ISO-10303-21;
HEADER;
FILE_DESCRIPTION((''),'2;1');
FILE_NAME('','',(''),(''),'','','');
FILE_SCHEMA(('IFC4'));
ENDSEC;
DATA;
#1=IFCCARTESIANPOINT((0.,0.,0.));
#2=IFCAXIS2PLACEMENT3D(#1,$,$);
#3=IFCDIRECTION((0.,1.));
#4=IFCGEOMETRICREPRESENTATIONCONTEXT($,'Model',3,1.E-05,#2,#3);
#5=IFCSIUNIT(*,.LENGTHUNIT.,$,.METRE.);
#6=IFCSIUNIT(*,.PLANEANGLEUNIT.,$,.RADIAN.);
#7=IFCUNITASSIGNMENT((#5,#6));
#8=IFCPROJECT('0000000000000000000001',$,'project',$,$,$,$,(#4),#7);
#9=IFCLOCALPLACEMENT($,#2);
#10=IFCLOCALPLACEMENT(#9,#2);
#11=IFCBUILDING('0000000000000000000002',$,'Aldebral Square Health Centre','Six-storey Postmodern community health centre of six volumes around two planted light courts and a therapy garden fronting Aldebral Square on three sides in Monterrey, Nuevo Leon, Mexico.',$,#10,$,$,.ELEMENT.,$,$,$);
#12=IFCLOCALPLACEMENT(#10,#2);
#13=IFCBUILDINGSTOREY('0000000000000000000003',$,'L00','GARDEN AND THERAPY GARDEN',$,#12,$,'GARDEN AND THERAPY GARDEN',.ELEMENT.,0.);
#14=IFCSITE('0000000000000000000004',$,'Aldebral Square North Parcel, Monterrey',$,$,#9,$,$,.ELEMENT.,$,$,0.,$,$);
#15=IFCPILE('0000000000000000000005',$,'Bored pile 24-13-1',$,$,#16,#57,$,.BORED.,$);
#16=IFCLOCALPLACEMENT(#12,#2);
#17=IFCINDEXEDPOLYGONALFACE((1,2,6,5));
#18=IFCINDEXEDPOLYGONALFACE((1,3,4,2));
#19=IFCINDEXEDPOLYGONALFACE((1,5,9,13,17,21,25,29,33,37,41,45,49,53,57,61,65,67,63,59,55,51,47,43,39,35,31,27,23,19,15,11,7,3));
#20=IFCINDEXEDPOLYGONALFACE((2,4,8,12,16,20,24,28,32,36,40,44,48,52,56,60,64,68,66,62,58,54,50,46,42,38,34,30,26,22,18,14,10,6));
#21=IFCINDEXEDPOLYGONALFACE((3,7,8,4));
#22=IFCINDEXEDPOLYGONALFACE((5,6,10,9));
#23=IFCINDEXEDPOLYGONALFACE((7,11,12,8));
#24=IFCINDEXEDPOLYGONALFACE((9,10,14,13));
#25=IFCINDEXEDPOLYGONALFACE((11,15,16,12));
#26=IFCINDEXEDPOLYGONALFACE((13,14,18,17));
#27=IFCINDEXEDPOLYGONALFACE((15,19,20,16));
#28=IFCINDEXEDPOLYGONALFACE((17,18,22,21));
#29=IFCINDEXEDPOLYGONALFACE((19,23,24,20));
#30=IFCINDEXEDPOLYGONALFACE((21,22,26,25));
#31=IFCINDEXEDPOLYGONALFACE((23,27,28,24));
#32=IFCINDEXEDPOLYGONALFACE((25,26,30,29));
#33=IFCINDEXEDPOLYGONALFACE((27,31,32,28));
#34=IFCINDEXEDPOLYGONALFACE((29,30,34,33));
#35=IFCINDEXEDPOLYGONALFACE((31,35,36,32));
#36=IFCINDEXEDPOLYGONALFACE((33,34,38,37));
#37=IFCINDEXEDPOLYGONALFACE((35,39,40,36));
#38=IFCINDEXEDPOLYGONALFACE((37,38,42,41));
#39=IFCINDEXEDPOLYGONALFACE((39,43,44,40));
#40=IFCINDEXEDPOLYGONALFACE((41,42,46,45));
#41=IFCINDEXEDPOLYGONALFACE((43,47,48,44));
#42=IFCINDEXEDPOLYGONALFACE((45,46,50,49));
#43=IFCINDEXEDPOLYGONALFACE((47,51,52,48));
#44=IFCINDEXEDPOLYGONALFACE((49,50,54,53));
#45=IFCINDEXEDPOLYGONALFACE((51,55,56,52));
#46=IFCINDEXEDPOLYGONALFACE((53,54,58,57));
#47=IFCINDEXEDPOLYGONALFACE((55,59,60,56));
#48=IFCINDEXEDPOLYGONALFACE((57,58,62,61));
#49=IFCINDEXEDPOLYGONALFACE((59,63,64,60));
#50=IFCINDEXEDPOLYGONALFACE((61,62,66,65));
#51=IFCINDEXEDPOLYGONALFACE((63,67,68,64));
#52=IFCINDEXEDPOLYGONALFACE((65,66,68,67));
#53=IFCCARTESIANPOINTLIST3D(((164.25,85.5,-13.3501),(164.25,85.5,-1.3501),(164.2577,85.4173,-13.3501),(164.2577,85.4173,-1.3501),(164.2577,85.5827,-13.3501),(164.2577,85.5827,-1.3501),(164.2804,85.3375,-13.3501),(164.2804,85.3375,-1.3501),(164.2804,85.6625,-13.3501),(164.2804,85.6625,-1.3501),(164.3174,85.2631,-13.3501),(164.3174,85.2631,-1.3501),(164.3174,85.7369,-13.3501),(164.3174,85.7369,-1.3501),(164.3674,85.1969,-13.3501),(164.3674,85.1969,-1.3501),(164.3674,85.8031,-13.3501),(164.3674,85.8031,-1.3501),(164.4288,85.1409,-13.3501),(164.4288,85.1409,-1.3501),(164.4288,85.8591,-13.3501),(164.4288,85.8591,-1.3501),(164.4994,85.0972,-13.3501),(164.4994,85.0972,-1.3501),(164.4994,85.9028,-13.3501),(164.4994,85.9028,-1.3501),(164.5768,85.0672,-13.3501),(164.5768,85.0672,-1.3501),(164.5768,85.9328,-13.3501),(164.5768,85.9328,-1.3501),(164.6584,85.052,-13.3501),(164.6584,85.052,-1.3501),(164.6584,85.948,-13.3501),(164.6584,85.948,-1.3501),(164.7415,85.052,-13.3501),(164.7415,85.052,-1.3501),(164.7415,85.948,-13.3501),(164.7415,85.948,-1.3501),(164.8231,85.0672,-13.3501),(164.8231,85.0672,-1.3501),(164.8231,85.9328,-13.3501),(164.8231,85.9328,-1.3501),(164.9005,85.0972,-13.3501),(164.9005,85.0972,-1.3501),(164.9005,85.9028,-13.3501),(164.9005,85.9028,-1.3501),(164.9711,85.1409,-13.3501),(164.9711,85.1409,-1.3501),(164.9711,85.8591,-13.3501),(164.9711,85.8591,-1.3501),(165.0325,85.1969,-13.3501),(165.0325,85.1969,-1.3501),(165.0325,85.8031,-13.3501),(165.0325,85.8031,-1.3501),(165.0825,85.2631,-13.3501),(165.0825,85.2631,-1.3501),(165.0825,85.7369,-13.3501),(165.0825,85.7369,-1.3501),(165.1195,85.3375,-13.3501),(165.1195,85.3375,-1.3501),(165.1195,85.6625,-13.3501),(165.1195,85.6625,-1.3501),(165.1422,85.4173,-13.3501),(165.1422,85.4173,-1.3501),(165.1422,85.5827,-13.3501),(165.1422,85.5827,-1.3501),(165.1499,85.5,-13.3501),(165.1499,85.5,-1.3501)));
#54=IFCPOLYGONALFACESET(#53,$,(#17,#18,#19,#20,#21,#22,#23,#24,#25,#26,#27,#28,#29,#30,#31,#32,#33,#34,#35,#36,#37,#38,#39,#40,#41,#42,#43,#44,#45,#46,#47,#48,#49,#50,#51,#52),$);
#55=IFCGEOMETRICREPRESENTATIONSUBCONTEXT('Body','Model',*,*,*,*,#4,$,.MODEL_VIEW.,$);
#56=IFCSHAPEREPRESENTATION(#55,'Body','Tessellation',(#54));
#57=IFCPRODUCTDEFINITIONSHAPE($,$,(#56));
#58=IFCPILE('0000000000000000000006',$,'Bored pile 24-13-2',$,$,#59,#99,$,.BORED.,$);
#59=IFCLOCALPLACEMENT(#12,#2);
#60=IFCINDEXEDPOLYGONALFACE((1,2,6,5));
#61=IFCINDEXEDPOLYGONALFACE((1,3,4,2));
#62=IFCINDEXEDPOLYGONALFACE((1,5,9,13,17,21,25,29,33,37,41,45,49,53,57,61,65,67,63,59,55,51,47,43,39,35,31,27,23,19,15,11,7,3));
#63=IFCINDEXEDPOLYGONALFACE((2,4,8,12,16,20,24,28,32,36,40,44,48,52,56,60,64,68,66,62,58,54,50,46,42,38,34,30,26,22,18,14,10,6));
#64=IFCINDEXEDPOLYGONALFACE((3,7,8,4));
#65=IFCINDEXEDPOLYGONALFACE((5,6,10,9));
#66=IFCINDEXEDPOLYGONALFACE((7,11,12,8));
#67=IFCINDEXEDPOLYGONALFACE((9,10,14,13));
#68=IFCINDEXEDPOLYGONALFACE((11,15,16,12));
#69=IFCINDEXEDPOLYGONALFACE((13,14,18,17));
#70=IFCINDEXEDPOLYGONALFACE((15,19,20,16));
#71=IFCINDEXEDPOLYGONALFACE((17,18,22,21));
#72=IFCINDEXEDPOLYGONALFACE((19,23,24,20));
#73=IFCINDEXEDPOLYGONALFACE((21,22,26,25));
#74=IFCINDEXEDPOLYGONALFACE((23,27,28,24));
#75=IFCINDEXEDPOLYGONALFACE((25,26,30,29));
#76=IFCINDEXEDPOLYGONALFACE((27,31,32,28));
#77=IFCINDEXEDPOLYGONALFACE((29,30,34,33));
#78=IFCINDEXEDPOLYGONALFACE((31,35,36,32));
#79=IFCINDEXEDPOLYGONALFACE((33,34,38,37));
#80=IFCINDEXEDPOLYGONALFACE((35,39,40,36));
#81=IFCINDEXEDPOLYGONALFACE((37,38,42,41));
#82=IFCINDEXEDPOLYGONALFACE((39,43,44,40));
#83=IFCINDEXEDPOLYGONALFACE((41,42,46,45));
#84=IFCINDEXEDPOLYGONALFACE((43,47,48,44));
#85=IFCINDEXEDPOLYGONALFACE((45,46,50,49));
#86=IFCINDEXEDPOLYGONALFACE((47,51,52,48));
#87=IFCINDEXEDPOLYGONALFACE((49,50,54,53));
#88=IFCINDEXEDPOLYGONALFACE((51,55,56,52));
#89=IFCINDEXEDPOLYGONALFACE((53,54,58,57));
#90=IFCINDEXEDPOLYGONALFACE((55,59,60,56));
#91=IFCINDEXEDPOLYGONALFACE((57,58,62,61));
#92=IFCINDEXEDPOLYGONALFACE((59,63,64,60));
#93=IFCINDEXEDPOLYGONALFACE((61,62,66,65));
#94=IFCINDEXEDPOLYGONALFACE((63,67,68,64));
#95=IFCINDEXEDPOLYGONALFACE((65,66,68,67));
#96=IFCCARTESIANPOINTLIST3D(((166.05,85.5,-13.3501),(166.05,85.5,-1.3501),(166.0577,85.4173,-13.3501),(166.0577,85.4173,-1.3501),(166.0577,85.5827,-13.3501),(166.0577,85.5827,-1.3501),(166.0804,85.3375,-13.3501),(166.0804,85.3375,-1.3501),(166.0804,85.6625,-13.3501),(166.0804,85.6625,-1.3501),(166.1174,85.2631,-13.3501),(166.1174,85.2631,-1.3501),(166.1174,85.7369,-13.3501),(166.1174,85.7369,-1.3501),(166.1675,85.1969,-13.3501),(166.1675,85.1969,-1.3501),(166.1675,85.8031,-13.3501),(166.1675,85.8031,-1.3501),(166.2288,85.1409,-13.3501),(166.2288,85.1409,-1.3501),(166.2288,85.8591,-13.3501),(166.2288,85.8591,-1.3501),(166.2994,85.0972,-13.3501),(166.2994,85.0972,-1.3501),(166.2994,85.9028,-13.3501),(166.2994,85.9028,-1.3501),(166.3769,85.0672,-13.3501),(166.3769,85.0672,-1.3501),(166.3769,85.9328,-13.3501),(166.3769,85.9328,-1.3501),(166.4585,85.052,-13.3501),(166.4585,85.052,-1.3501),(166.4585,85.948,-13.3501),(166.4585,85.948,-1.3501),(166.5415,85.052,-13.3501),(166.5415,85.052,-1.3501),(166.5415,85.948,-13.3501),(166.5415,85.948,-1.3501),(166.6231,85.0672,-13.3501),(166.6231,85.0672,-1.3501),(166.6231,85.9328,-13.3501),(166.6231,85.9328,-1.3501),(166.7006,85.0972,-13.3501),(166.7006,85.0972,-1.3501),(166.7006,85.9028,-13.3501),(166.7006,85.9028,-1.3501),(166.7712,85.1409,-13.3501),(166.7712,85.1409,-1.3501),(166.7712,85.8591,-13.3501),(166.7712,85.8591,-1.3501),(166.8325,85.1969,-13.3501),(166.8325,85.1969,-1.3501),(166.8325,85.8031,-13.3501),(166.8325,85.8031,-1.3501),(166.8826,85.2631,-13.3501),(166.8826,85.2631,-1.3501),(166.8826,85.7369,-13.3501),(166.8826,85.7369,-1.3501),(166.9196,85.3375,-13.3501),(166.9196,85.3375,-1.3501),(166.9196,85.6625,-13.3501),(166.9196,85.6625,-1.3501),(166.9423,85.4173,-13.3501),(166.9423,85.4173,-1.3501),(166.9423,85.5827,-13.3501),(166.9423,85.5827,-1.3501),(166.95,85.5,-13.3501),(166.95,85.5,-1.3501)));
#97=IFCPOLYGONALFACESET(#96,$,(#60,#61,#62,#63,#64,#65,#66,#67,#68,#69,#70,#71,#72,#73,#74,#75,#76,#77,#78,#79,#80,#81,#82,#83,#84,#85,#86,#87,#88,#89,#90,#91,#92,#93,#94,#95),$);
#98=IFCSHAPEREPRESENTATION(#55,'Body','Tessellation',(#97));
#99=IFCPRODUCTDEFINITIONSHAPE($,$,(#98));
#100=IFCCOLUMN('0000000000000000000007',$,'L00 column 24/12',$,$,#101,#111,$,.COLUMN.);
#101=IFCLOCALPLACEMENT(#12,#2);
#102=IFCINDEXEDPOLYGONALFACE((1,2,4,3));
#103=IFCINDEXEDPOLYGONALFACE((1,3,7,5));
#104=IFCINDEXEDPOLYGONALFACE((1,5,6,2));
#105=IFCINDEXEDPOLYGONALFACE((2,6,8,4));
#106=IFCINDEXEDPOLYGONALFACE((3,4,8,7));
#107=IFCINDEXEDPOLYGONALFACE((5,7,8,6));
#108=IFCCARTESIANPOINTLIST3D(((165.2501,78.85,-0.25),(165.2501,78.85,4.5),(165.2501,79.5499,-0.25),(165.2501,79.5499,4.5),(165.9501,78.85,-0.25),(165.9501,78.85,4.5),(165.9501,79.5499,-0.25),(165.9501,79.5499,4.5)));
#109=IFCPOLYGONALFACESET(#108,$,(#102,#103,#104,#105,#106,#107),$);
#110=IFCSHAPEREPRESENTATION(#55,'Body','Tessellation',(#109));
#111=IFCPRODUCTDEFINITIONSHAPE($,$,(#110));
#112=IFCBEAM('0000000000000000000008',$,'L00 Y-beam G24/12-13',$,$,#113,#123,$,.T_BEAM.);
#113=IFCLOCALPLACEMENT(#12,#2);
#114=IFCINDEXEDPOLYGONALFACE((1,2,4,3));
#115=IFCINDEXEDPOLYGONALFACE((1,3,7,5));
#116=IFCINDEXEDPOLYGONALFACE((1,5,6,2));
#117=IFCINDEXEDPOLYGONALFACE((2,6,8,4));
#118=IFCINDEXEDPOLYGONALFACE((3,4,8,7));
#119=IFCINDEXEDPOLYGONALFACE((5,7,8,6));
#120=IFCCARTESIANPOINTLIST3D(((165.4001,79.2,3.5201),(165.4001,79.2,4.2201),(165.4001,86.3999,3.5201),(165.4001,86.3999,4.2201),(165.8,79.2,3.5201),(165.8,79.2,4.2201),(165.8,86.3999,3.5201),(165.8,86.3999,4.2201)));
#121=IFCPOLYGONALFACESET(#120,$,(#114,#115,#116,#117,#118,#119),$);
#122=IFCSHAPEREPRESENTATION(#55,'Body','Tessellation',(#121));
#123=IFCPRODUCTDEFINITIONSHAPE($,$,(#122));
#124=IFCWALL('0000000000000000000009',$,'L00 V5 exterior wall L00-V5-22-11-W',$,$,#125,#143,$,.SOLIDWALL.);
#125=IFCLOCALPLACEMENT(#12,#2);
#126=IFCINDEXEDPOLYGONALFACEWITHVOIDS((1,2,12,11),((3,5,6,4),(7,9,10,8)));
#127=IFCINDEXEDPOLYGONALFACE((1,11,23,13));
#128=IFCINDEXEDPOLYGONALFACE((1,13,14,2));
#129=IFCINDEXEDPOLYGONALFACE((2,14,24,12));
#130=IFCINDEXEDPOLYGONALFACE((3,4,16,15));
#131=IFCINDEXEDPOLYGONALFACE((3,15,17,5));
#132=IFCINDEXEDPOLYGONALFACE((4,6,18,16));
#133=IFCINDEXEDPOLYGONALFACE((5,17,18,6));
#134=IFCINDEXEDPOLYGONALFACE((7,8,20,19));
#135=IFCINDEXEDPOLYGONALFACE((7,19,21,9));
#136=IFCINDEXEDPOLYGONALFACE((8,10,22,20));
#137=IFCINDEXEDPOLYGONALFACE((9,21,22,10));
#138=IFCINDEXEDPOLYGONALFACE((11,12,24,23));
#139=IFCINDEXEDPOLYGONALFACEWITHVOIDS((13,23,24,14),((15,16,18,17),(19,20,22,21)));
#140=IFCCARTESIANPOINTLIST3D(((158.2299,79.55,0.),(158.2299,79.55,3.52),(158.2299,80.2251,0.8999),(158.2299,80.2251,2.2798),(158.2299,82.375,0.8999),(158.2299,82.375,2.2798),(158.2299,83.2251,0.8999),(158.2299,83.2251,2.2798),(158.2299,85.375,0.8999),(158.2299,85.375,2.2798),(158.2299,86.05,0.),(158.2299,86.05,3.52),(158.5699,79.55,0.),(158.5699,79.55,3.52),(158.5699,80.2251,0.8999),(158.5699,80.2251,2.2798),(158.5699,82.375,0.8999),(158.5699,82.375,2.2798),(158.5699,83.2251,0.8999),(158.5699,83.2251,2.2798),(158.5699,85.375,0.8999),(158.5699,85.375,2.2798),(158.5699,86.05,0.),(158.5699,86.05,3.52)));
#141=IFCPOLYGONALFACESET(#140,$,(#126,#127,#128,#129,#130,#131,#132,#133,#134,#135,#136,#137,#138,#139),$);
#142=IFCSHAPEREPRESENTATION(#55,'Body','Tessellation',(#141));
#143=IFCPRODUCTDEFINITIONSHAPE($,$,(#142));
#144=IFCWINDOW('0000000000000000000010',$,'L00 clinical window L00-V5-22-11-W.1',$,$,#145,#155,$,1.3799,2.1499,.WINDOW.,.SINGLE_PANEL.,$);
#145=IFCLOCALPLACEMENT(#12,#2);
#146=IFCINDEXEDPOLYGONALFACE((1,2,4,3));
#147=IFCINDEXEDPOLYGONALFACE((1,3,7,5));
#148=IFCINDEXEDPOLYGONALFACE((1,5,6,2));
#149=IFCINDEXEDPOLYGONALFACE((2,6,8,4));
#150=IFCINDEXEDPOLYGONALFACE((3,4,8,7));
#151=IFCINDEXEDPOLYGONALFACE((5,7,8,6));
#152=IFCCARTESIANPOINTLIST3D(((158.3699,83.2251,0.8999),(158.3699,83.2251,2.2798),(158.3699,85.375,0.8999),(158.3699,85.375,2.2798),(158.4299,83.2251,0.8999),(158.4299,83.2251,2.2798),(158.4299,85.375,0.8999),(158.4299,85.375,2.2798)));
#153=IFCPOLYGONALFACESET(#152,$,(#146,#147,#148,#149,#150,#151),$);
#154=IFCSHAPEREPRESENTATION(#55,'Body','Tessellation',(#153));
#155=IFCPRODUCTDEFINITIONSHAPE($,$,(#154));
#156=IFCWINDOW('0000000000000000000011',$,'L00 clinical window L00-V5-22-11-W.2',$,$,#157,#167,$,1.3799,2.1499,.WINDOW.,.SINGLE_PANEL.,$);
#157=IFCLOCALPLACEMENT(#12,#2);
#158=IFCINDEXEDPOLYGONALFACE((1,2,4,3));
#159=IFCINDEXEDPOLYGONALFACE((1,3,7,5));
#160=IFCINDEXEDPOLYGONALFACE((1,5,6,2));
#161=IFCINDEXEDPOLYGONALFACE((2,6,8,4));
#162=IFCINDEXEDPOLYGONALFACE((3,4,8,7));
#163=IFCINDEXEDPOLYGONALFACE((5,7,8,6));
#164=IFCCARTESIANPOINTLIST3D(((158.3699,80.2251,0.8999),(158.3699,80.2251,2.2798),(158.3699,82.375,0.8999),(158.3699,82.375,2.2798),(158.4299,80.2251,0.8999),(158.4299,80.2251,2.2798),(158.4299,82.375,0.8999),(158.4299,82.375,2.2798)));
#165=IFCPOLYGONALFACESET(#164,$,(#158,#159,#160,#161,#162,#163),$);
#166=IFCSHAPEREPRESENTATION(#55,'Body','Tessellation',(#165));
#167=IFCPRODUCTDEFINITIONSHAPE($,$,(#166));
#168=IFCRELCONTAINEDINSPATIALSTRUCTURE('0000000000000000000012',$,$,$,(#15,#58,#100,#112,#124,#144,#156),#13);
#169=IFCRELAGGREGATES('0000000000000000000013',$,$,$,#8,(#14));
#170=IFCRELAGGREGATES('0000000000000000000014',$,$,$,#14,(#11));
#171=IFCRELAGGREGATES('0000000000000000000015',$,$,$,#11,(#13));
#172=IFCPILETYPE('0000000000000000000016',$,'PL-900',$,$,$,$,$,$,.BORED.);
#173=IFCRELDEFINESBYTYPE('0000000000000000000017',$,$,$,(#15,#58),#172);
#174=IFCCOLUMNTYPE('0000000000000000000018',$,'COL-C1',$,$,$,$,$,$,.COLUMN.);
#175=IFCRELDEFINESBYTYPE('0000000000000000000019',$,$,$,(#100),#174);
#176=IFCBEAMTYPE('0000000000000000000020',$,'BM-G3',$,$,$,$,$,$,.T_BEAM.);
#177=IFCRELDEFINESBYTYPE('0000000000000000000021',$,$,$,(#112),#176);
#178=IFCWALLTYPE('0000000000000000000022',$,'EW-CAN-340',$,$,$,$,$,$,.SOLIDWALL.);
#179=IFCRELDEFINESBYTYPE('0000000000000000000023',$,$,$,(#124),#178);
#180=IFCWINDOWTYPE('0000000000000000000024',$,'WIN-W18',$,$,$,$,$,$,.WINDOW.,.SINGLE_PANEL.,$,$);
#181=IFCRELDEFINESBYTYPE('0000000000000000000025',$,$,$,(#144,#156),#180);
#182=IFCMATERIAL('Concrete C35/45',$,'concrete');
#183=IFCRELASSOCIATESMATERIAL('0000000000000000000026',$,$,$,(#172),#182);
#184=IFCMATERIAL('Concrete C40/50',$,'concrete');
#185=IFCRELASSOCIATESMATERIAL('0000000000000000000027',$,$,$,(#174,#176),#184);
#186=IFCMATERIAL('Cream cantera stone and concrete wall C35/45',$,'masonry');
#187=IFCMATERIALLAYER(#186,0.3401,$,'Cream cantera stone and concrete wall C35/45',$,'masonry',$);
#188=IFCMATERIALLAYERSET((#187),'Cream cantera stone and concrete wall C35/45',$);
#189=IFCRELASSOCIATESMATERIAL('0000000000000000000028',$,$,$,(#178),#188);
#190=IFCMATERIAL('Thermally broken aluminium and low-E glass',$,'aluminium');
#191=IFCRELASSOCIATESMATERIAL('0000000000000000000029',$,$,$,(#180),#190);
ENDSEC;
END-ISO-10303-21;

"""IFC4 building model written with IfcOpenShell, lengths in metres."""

from ifc_helpers import new_model, si_unit, direction, frame, frame_2d, origin, origin_2d, place, context, subcontext, project, spatial, rectangle, circle, extrude, material, layer, layer_set, material_profile, profile_set, type_object, element, fill, save


model = new_model("IFC4")

# Units and contexts
model_context = context("Model", 3, precision=1e-05, world=origin(), true_north=direction((0.0, 1.0)))
body_context = subcontext(model_context, "Body", "Model", "MODEL_VIEW")
ifc_project = project(units=[si_unit("LENGTHUNIT", "METRE"), si_unit("PLANEANGLEUNIT", "RADIAN")], contexts=[model_context])

# Site, building, storey
site_placement = place(None, origin())
site = spatial("IfcSite", under=ifc_project, at=site_placement, Name="Aldebral Square North Parcel, Monterrey", CompositionType="ELEMENT", RefElevation=0.0)
building_placement = place(site_placement, origin())
building = spatial("IfcBuilding", under=site, at=building_placement, Name="Aldebral Square Health Centre", Description="Six-storey Postmodern community health centre of six volumes around two planted light courts and a therapy garden fronting Aldebral Square on three sides in Monterrey, Nuevo Leon, Mexico.", CompositionType="ELEMENT")
storey_placement = place(building_placement, origin())
storey = spatial("IfcBuildingStorey", under=building, at=storey_placement, Name="L00", Description="GARDEN AND THERAPY GARDEN", LongName="GARDEN AND THERAPY GARDEN", CompositionType="ELEMENT", Elevation=0.0)

# Shared definitions
ifc_material_1 = material(Name="Concrete C35/45", Category="concrete")

# Piles
ifc_material_profile_1 = material_profile(ifc_material_1, circle(Radius=0.45, at=origin_2d()), Name="PILE D900")
ifc_profile_set_1 = profile_set([ifc_material_profile_1], Name="Concrete C35/45")
pile_type = type_object("IfcPileType", Name="PL-900", PredefinedType="BORED", material=ifc_profile_set_1)
for number, where, z_axis, x_axis, name in (
    (1, (164.7, 85.5, -1.3501), (0.0, 0.0, -1.0), (1.0, 0.0, 0.0), "Bored pile 24-13-1"),
    (2, (166.5, 85.5, -1.3501), (0.0, 0.0, -1.0), (1.0, 0.0, 0.0), "Bored pile 24-13-2"),
):
    element("IfcPile", number, at=place(storey_placement, frame(where, z_axis=z_axis, x_axis=x_axis)), inside=storey, type_object=pile_type, Name=name, PredefinedType="BORED", context=body_context, shape_type="SweptSolid", body=[
        extrude(circle(Radius=0.45, at=origin_2d()), origin(), (0.0, 0.0, 1.0), 12.0),
    ])

# Column
ifc_material_2 = material(Name="Concrete C40/50", Category="concrete")
ifc_material_profile_2 = material_profile(ifc_material_2, rectangle(XDim=0.7, YDim=0.7, at=origin_2d()), Name="RC 700x700")
ifc_profile_set_2 = profile_set([ifc_material_profile_2], Name="Concrete C40/50")
column_type = type_object("IfcColumnType", Name="COL-C1", PredefinedType="COLUMN", material=ifc_profile_set_2)
column_placement = place(storey_placement, frame((165.6001, 79.2, -0.25), z_axis=(0.0, 0.0, 1.0), x_axis=(1.0, 0.0, 0.0)))
element("IfcColumn", 3, at=column_placement, inside=storey, type_object=column_type, Name="L00 column 24/12", PredefinedType="COLUMN", context=body_context, shape_type="SweptSolid", body=[
    extrude(rectangle(XDim=0.7, YDim=0.7, at=origin_2d()), origin(), (0.0, 0.0, 1.0), 4.75),
])

# Beam
ifc_material_profile_3 = material_profile(ifc_material_2, rectangle(XDim=0.3999, YDim=0.7, at=origin_2d()), Name="RC 400x700")
ifc_profile_set_3 = profile_set([ifc_material_profile_3], Name="Concrete C40/50")
beam_type = type_object("IfcBeamType", Name="BM-G3", PredefinedType="T_BEAM", material=ifc_profile_set_3)
beam_placement = place(storey_placement, frame((165.6001, 79.2, 3.8701), z_axis=(0.0, 1.0, 0.0), x_axis=(-1.0, 0.0, 0.0)))
element("IfcBeam", 4, at=beam_placement, inside=storey, type_object=beam_type, Name="L00 Y-beam G24/12-13", PredefinedType="T_BEAM", context=body_context, shape_type="SweptSolid", body=[
    extrude(rectangle(XDim=0.3999, YDim=0.7, at=origin_2d()), origin(), (0.0, 0.0, 1.0), 7.2),
])

# Wall, openings, windows
ifc_material_3 = material(Name="Cream cantera stone and concrete wall C35/45", Category="masonry")
ifc_layer_1 = layer(ifc_material_3, 0.3401, Name="Cream cantera stone and concrete wall C35/45", Category="masonry")
ifc_layer_set_1 = layer_set([ifc_layer_1], Name="Cream cantera stone and concrete wall C35/45")
wall_type_1 = type_object("IfcWallType", Name="EW-CAN-340", PredefinedType="SOLIDWALL", material=ifc_layer_set_1)
wall_1_placement = place(storey_placement, frame((158.3999, 86.05, 0.0), z_axis=(0.0, 0.0, 1.0), x_axis=(0.0, -1.0, 0.0)))
wall_1 = element("IfcWall", 5, at=wall_1_placement, inside=storey, type_object=wall_type_1, Name="L00 V5 exterior wall L00-V5-22-11-W", PredefinedType="SOLIDWALL", context=body_context, shape_type="SweptSolid", body=[
    extrude(rectangle(XDim=6.5, YDim=0.3401, at=frame_2d((3.25, 0.0))), origin(), (0.0, 0.0, 1.0), 3.52),
])
opening_1_placement = place(wall_1_placement, frame((0.675, 0.0, 0.8999)))
opening_1 = element("IfcOpeningElement", 6, at=opening_1_placement, cuts=wall_1, PredefinedType="OPENING", context=body_context, shape_type="SweptSolid", body=[
    extrude(rectangle(XDim=2.1499, YDim=1.3799, at=frame_2d((1.075, 0.6899))), frame((0.0, 0.1802, 0.0), z_axis=(0.0, -1.0, 0.0), x_axis=(1.0, 0.0, 0.0)), (0.0, 0.0, 1.0), 0.3601),
])
opening_2_placement = place(wall_1_placement, frame((3.675, 0.0, 0.8999)))
opening_2 = element("IfcOpeningElement", 7, at=opening_2_placement, cuts=wall_1, PredefinedType="OPENING", context=body_context, shape_type="SweptSolid", body=[
    extrude(rectangle(XDim=2.1499, YDim=1.3799, at=frame_2d((1.075, 0.6899))), frame((0.0, 0.1802, 0.0), z_axis=(0.0, -1.0, 0.0), x_axis=(1.0, 0.0, 0.0)), (0.0, 0.0, 1.0), 0.3601),
])
ifc_material_4 = material(Name="Thermally broken aluminium and low-E glass", Category="aluminium")
window_type_1 = type_object("IfcWindowType", Name="WIN-W18", PartitioningType="SINGLE_PANEL", PredefinedType="WINDOW", material=ifc_material_4)
window_1_placement = place(opening_1_placement, origin())
window_1 = element("IfcWindow", 8, at=window_1_placement, inside=storey, type_object=window_type_1, Name="L00 clinical window L00-V5-22-11-W.1", OverallHeight=1.3799, OverallWidth=2.1499, PartitioningType="SINGLE_PANEL", PredefinedType="WINDOW", context=body_context, shape_type="SweptSolid", body=[
    extrude(rectangle(XDim=2.1499, YDim=1.3799, at=frame_2d((1.075, 0.6899))), frame((0.0, 0.03, 0.0), z_axis=(0.0, -1.0, 0.0), x_axis=(1.0, 0.0, 0.0)), (0.0, 0.0, 1.0), 0.0601),
])
fill(opening_1, window_1)
window_2_placement = place(opening_2_placement, origin())
window_2 = element("IfcWindow", 9, at=window_2_placement, inside=storey, type_object=window_type_1, Name="L00 clinical window L00-V5-22-11-W.2", OverallHeight=1.3799, OverallWidth=2.1499, PartitioningType="SINGLE_PANEL", PredefinedType="WINDOW", context=body_context, shape_type="SweptSolid", body=[
    extrude(rectangle(XDim=2.1499, YDim=1.3799, at=frame_2d((1.075, 0.6899))), frame((0.0, 0.03, 0.0), z_axis=(0.0, -1.0, 0.0), x_axis=(1.0, 0.0, 0.0)), (0.0, 0.0, 1.0), 0.0601),
])
fill(opening_2, window_2)

save(model, "model.ifc")
